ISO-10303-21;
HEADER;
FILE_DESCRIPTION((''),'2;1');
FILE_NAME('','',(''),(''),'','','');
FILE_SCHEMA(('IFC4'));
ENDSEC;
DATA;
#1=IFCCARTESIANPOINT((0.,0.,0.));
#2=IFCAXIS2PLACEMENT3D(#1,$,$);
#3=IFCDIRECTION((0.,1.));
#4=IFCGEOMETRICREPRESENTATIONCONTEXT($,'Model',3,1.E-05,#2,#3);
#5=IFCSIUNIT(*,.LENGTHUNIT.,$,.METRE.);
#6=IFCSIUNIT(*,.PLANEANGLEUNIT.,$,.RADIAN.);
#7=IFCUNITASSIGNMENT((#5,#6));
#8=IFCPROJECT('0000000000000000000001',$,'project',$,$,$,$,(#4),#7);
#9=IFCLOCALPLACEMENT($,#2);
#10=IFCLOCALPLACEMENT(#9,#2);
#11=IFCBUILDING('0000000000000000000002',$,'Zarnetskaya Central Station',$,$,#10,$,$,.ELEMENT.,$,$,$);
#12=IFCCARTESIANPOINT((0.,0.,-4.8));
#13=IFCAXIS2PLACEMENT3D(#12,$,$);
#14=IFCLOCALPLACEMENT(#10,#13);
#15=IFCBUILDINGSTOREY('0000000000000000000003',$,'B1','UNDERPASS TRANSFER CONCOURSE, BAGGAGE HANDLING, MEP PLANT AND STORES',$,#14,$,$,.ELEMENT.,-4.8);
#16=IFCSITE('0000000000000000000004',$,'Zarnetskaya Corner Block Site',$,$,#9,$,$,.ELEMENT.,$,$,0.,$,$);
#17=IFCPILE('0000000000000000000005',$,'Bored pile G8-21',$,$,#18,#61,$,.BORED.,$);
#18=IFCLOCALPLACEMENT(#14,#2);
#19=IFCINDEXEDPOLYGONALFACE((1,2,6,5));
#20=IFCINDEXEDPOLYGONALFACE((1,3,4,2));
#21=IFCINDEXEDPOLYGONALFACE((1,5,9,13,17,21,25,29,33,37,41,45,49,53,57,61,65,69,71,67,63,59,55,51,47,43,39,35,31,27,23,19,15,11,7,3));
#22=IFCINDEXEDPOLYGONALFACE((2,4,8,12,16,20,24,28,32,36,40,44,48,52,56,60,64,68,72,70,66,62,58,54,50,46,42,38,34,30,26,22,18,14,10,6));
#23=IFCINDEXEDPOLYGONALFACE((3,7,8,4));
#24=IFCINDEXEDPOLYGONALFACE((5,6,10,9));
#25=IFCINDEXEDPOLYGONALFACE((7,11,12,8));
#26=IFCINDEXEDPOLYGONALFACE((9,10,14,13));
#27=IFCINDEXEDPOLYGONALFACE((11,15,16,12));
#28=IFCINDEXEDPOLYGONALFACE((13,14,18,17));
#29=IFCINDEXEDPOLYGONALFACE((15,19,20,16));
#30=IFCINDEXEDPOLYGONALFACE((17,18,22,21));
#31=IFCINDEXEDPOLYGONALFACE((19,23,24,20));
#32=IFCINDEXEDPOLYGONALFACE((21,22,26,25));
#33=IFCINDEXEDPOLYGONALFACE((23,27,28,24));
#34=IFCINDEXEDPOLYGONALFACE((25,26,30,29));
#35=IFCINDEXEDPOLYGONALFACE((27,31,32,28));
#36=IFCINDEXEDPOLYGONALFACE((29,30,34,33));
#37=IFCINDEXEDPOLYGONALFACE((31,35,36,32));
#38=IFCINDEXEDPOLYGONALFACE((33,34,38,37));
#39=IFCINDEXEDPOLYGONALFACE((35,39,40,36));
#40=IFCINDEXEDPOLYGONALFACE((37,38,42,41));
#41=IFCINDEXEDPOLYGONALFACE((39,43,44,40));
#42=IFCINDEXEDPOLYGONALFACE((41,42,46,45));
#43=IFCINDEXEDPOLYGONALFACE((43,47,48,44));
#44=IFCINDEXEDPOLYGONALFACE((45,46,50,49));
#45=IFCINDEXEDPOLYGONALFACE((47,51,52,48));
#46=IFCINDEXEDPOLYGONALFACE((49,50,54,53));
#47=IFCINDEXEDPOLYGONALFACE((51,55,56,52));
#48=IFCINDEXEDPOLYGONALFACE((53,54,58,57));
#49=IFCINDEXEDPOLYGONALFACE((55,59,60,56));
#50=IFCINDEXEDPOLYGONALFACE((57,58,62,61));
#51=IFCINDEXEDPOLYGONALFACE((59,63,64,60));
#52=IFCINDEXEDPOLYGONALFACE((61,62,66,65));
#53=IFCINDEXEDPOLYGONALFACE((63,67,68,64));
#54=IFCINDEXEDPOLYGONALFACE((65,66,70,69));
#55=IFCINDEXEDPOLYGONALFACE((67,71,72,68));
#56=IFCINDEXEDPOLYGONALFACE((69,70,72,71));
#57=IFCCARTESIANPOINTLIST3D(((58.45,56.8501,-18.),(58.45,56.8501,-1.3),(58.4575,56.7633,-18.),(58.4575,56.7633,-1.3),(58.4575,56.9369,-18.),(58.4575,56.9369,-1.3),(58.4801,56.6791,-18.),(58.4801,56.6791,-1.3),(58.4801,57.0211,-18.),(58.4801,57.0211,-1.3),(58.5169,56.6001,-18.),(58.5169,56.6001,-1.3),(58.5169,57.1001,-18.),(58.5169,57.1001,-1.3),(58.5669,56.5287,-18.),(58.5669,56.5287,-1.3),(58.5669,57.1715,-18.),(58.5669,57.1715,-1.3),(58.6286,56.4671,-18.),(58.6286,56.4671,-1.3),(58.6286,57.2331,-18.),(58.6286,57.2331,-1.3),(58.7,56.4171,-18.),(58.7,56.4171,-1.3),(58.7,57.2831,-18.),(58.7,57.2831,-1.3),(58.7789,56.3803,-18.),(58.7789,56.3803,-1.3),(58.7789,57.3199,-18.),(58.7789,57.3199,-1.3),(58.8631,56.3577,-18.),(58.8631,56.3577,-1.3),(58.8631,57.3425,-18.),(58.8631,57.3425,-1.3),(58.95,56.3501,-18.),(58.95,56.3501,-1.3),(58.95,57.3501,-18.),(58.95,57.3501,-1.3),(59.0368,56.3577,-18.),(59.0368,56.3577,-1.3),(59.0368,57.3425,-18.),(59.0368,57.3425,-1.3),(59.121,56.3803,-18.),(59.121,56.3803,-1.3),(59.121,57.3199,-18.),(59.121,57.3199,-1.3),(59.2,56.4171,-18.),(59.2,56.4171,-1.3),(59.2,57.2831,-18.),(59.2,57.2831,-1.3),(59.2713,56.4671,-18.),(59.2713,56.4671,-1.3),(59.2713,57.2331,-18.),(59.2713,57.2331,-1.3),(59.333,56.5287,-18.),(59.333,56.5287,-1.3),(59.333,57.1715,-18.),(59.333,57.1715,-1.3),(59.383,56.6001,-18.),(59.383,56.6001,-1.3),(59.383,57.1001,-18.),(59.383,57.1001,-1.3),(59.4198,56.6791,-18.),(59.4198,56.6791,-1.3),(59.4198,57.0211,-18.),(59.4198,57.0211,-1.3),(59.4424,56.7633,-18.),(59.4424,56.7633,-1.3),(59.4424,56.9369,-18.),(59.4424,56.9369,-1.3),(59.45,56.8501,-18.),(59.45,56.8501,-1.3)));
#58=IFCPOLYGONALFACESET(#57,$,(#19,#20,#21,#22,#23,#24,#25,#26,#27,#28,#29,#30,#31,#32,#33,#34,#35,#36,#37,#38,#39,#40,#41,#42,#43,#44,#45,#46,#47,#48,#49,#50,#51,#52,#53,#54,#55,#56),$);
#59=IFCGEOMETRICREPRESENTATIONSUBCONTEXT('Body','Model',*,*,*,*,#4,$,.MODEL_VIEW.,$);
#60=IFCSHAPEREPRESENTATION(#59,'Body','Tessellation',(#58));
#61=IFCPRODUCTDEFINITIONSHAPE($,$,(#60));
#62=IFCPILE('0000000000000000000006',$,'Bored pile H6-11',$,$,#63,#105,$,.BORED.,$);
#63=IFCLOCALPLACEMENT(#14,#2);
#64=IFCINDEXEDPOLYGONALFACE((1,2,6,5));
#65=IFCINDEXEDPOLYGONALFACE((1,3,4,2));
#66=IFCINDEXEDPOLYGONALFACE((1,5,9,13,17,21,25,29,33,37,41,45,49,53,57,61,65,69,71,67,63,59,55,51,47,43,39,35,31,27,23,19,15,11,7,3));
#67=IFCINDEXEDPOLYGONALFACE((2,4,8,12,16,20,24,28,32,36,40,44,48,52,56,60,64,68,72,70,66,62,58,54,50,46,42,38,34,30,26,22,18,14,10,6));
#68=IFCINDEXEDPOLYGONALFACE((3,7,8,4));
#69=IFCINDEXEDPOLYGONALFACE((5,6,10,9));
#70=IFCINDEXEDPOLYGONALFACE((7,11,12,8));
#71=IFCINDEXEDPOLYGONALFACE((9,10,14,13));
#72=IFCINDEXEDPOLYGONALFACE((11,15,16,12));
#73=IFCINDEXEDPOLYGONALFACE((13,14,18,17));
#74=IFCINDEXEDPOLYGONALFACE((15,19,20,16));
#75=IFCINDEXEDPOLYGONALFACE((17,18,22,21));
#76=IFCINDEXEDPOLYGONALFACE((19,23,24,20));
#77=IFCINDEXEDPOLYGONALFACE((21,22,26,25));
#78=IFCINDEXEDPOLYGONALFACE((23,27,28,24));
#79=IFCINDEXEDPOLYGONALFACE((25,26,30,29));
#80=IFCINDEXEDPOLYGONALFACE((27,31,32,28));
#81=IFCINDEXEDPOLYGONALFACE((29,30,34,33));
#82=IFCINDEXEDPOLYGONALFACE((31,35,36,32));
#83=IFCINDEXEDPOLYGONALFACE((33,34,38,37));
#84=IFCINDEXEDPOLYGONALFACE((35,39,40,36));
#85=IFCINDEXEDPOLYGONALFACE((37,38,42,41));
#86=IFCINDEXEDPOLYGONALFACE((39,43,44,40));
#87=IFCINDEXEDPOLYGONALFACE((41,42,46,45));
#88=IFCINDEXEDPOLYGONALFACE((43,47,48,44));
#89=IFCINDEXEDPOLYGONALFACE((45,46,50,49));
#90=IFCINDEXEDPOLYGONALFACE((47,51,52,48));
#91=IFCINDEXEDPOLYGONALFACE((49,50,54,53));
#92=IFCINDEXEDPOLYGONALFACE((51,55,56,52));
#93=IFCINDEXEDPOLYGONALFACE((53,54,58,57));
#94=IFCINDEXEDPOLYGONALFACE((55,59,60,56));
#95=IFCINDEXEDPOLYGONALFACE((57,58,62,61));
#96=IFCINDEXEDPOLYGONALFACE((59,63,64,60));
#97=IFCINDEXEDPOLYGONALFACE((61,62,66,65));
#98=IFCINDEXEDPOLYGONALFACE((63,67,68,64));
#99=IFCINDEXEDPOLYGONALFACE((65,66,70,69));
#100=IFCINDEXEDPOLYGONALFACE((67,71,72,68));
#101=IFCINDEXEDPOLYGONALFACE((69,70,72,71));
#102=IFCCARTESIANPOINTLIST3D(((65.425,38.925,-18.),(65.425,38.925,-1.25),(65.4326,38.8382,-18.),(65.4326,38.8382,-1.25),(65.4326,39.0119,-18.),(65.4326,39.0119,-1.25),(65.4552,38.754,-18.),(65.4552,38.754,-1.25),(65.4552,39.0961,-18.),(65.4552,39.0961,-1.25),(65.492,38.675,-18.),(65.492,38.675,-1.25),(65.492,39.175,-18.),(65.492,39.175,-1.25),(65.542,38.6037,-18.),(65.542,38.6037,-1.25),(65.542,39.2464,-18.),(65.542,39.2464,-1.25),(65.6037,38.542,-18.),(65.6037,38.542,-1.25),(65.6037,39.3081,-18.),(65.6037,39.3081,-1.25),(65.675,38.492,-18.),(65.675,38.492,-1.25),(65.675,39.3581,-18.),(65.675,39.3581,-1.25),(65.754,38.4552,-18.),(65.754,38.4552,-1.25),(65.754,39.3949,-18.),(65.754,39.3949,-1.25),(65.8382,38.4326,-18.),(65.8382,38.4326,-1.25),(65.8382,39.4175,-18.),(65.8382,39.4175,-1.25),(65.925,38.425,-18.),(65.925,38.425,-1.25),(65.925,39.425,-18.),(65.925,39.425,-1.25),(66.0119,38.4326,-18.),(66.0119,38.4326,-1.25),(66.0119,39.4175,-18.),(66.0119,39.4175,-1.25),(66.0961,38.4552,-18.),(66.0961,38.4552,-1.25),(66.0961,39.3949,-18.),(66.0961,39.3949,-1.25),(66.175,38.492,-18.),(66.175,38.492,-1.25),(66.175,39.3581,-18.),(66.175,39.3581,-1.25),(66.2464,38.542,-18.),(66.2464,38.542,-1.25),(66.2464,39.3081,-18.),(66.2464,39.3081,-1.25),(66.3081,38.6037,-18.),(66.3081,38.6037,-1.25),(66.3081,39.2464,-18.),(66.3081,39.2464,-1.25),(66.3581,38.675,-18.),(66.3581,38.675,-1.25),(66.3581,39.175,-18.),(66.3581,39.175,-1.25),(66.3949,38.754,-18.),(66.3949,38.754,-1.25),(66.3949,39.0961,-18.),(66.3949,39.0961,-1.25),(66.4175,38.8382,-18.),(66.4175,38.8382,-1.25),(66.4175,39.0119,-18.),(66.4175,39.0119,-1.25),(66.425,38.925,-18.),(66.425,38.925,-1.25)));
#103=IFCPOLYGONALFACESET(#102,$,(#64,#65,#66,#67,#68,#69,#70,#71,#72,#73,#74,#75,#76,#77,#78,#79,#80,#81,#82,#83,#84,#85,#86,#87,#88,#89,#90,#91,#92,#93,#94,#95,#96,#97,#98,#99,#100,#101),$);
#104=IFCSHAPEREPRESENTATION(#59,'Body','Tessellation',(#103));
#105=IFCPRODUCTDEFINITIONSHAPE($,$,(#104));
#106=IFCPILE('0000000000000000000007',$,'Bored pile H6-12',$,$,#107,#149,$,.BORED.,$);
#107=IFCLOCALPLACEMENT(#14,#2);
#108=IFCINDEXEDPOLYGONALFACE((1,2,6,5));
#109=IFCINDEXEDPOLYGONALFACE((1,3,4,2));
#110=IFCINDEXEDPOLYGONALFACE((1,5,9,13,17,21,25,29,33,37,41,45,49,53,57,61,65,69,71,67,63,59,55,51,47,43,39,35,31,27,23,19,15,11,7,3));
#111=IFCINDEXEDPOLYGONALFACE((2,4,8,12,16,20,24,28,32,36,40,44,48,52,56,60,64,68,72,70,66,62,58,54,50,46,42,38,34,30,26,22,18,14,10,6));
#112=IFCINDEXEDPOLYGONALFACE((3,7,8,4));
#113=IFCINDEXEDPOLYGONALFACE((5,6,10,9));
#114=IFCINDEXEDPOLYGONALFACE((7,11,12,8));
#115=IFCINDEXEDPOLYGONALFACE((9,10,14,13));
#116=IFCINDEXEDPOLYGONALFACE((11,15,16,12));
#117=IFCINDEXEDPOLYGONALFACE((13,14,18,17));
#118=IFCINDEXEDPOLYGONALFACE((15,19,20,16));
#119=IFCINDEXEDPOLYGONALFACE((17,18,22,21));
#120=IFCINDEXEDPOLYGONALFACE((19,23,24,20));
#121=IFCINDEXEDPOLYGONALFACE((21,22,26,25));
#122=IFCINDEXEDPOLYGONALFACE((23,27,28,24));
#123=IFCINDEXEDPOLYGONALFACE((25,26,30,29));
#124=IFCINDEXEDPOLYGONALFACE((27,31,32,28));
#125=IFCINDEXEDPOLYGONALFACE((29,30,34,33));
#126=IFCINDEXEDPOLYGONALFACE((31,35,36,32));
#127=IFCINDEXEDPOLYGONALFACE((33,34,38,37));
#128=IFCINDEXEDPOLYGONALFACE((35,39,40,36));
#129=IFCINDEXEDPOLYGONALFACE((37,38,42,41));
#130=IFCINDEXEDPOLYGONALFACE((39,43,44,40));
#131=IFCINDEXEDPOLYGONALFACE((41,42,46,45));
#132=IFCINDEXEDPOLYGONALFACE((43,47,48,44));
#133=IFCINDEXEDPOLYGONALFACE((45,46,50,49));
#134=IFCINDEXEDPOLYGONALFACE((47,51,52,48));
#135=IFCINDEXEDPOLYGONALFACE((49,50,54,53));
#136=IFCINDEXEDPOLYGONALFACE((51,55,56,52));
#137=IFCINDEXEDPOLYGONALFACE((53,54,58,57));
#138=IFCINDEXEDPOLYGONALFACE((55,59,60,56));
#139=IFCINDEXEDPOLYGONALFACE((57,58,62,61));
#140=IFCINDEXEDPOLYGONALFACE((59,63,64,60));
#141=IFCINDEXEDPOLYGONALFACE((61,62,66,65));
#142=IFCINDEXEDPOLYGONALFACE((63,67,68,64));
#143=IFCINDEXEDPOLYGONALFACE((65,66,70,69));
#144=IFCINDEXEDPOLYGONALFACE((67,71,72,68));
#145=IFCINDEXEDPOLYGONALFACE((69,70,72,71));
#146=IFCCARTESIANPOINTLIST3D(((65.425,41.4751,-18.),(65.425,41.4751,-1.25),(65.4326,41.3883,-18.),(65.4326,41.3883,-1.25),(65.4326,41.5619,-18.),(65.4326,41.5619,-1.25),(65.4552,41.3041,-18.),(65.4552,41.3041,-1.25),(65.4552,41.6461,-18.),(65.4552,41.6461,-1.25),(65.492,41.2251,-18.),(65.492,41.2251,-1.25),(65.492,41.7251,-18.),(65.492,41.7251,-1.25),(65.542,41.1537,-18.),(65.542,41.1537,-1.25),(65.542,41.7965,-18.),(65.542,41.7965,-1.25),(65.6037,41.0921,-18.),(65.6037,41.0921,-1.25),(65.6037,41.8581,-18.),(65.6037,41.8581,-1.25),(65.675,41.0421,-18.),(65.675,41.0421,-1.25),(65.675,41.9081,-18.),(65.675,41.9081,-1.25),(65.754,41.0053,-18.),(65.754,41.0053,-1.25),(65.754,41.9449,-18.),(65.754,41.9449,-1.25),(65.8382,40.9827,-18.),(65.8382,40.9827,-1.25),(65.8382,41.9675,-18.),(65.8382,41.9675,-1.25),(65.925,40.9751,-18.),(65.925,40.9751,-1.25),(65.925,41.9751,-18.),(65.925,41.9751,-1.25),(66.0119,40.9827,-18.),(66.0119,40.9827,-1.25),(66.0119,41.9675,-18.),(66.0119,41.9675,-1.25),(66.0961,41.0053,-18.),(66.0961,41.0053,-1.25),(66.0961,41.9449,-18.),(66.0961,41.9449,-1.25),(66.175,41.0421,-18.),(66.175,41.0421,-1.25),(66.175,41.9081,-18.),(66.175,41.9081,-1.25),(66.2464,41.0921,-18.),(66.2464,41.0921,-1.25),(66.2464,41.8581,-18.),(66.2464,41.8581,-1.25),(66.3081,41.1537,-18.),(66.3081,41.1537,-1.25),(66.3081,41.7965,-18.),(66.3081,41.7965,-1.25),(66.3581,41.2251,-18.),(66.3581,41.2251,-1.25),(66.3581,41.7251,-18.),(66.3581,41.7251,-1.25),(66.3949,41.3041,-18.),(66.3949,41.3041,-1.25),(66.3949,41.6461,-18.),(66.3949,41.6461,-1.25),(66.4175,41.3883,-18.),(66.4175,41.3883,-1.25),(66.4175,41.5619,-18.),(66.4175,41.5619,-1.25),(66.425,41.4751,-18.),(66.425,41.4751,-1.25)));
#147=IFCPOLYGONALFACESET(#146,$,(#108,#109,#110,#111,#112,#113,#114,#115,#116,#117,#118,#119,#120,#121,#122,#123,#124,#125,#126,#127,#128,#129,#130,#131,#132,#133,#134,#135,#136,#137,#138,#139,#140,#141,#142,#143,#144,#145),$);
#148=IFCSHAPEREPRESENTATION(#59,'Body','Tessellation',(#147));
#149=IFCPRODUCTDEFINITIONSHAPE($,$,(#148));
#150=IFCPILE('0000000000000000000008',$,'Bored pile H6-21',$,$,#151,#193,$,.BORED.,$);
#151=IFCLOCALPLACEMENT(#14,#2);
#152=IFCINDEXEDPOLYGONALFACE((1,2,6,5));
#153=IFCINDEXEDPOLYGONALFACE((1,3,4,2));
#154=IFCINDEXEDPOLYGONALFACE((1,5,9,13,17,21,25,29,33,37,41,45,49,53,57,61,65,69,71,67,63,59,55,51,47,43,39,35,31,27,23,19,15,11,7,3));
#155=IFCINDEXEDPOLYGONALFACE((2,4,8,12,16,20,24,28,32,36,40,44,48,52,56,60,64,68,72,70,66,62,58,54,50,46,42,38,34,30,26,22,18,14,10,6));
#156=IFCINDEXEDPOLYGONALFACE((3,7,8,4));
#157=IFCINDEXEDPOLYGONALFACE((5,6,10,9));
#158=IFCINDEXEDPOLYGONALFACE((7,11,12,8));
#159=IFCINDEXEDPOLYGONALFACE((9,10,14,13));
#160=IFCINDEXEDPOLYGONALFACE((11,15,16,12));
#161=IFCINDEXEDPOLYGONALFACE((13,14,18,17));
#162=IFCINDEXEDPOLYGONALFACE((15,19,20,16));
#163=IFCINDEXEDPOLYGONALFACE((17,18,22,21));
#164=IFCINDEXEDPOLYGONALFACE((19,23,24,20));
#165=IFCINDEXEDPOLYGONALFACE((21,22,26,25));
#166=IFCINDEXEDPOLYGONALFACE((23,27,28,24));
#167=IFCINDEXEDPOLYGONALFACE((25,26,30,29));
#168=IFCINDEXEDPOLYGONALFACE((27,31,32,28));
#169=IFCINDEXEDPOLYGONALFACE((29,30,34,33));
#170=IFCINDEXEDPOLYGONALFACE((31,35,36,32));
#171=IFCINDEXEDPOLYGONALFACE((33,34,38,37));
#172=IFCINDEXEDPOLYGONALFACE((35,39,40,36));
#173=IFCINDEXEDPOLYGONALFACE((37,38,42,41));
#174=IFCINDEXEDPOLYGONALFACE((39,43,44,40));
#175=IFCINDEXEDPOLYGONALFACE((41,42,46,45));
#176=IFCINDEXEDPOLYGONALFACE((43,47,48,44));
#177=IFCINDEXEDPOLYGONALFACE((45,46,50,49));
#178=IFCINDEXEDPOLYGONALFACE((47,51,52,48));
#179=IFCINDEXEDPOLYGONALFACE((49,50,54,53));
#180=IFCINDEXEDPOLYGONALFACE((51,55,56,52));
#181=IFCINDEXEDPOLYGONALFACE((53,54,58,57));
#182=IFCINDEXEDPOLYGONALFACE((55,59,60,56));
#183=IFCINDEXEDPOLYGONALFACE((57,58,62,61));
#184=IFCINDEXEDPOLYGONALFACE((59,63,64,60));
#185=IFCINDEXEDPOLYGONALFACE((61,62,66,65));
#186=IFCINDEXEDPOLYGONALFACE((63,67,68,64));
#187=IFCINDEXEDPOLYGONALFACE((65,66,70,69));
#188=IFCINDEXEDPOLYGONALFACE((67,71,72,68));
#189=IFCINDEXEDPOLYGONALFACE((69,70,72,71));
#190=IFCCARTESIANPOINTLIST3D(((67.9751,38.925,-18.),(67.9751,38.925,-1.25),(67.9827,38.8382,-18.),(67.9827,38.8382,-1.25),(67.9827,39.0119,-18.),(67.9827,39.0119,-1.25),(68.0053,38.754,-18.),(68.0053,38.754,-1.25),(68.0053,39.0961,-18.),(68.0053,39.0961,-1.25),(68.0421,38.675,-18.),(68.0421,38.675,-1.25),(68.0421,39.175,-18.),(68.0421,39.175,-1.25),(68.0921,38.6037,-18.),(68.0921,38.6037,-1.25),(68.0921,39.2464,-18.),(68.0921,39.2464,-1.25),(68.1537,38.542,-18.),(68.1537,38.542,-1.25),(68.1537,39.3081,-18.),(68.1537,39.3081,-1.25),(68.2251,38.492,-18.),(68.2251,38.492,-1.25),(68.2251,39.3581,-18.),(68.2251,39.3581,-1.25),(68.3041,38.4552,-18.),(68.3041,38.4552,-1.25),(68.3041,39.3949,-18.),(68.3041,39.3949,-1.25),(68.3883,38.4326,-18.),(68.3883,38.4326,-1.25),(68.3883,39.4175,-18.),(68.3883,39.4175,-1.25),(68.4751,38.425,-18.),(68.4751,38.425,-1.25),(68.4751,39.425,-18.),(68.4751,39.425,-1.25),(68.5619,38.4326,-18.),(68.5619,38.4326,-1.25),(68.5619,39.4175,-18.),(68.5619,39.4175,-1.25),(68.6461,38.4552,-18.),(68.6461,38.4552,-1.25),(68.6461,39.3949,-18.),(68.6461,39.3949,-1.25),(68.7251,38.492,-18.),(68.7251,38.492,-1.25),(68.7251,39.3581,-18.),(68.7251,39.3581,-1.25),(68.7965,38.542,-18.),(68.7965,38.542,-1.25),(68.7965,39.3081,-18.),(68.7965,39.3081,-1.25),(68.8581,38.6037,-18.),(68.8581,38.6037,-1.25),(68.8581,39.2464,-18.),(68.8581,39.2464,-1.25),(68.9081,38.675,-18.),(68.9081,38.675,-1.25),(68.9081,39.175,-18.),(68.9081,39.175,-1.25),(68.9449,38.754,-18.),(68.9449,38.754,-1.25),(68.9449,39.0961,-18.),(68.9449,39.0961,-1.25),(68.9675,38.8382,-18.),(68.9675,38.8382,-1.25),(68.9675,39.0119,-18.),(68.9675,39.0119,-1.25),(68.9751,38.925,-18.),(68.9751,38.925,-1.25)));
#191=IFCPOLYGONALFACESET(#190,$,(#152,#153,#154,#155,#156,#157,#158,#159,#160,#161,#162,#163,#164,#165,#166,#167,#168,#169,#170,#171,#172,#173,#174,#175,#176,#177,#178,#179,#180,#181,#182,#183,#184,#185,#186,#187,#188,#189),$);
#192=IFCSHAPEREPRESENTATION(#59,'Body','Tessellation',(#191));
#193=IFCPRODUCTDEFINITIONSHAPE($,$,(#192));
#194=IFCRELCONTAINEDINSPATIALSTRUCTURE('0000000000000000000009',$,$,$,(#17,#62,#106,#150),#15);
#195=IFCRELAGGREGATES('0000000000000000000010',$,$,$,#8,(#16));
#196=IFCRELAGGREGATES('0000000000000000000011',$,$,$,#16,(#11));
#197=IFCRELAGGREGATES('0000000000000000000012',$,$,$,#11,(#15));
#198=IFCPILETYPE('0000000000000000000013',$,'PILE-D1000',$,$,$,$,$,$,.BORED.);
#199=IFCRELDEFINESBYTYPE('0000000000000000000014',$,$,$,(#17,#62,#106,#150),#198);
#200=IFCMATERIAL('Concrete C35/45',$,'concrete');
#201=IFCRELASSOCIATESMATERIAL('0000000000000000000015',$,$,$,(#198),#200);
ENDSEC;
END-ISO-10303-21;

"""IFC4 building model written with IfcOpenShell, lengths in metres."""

from ifc_helpers import new_model, si_unit, direction, frame, origin, origin_2d, place, context, subcontext, project, spatial, circle, extrude, material, material_profile, profile_set, type_object, element, save


model = new_model("IFC4")

# Units and contexts
model_context = context("Model", 3, precision=1e-05, world=origin(), true_north=direction((0.0, 1.0)))
body_context = subcontext(model_context, "Body", "Model", "MODEL_VIEW")
ifc_project = project(units=[si_unit("LENGTHUNIT", "METRE"), si_unit("PLANEANGLEUNIT", "RADIAN")], contexts=[model_context])

# Site, building, storey
site_placement = place(None, origin())
site = spatial("IfcSite", under=ifc_project, at=site_placement, Name="Zarnetskaya Corner Block Site", CompositionType="ELEMENT", RefElevation=0.0)
building_placement = place(site_placement, origin())
building = spatial("IfcBuilding", under=site, at=building_placement, Name="Zarnetskaya Central Station", CompositionType="ELEMENT")
storey_placement = place(building_placement, frame((0.0, 0.0, -4.8)))
storey = spatial("IfcBuildingStorey", under=building, at=storey_placement, Name="B1", Description="UNDERPASS TRANSFER CONCOURSE, BAGGAGE HANDLING, MEP PLANT AND STORES", CompositionType="ELEMENT", Elevation=-4.8)

# Shared definitions
ifc_material = material(Name="Concrete C35/45", Category="concrete")

# Piles
ifc_material_profile_1 = material_profile(ifc_material, circle(Radius=0.5, at=origin_2d()), Name="BORED PILE D1000")
ifc_profile_set_1 = profile_set([ifc_material_profile_1], Name="Concrete C35/45")
pile_type_1 = type_object("IfcPileType", Name="PILE-D1000", PredefinedType="BORED", material=ifc_profile_set_1)
pile_1_placement = place(storey_placement, frame((58.95, 56.8501, -1.3), z_axis=(0.0, 0.0, -1.0), x_axis=(1.0, 0.0, 0.0)))
element("IfcPile", 1, at=pile_1_placement, inside=storey, type_object=pile_type_1, Name="Bored pile G8-21", PredefinedType="BORED", context=body_context, shape_type="SweptSolid", body=[
    extrude(circle(Radius=0.5, at=origin_2d()), origin(), (0.0, 0.0, 1.0), 16.7),
])
for number, where, z_axis, x_axis, name in (
    (2, (65.925, 38.925, -1.25), (0.0, 0.0, -1.0), (1.0, 0.0, 0.0), "Bored pile H6-11"),
    (3, (65.925, 41.4751, -1.25), (0.0, 0.0, -1.0), (1.0, 0.0, 0.0), "Bored pile H6-12"),
    (4, (68.4751, 38.925, -1.25), (0.0, 0.0, -1.0), (1.0, 0.0, 0.0), "Bored pile H6-21"),
):
    element("IfcPile", number, at=place(storey_placement, frame(where, z_axis=z_axis, x_axis=x_axis)), inside=storey, type_object=pile_type_1, Name=name, PredefinedType="BORED", context=body_context, shape_type="SweptSolid", body=[
        extrude(circle(Radius=0.5, at=origin_2d()), origin(), (0.0, 0.0, 1.0), 16.75),
    ])

save(model, "model.ifc")
